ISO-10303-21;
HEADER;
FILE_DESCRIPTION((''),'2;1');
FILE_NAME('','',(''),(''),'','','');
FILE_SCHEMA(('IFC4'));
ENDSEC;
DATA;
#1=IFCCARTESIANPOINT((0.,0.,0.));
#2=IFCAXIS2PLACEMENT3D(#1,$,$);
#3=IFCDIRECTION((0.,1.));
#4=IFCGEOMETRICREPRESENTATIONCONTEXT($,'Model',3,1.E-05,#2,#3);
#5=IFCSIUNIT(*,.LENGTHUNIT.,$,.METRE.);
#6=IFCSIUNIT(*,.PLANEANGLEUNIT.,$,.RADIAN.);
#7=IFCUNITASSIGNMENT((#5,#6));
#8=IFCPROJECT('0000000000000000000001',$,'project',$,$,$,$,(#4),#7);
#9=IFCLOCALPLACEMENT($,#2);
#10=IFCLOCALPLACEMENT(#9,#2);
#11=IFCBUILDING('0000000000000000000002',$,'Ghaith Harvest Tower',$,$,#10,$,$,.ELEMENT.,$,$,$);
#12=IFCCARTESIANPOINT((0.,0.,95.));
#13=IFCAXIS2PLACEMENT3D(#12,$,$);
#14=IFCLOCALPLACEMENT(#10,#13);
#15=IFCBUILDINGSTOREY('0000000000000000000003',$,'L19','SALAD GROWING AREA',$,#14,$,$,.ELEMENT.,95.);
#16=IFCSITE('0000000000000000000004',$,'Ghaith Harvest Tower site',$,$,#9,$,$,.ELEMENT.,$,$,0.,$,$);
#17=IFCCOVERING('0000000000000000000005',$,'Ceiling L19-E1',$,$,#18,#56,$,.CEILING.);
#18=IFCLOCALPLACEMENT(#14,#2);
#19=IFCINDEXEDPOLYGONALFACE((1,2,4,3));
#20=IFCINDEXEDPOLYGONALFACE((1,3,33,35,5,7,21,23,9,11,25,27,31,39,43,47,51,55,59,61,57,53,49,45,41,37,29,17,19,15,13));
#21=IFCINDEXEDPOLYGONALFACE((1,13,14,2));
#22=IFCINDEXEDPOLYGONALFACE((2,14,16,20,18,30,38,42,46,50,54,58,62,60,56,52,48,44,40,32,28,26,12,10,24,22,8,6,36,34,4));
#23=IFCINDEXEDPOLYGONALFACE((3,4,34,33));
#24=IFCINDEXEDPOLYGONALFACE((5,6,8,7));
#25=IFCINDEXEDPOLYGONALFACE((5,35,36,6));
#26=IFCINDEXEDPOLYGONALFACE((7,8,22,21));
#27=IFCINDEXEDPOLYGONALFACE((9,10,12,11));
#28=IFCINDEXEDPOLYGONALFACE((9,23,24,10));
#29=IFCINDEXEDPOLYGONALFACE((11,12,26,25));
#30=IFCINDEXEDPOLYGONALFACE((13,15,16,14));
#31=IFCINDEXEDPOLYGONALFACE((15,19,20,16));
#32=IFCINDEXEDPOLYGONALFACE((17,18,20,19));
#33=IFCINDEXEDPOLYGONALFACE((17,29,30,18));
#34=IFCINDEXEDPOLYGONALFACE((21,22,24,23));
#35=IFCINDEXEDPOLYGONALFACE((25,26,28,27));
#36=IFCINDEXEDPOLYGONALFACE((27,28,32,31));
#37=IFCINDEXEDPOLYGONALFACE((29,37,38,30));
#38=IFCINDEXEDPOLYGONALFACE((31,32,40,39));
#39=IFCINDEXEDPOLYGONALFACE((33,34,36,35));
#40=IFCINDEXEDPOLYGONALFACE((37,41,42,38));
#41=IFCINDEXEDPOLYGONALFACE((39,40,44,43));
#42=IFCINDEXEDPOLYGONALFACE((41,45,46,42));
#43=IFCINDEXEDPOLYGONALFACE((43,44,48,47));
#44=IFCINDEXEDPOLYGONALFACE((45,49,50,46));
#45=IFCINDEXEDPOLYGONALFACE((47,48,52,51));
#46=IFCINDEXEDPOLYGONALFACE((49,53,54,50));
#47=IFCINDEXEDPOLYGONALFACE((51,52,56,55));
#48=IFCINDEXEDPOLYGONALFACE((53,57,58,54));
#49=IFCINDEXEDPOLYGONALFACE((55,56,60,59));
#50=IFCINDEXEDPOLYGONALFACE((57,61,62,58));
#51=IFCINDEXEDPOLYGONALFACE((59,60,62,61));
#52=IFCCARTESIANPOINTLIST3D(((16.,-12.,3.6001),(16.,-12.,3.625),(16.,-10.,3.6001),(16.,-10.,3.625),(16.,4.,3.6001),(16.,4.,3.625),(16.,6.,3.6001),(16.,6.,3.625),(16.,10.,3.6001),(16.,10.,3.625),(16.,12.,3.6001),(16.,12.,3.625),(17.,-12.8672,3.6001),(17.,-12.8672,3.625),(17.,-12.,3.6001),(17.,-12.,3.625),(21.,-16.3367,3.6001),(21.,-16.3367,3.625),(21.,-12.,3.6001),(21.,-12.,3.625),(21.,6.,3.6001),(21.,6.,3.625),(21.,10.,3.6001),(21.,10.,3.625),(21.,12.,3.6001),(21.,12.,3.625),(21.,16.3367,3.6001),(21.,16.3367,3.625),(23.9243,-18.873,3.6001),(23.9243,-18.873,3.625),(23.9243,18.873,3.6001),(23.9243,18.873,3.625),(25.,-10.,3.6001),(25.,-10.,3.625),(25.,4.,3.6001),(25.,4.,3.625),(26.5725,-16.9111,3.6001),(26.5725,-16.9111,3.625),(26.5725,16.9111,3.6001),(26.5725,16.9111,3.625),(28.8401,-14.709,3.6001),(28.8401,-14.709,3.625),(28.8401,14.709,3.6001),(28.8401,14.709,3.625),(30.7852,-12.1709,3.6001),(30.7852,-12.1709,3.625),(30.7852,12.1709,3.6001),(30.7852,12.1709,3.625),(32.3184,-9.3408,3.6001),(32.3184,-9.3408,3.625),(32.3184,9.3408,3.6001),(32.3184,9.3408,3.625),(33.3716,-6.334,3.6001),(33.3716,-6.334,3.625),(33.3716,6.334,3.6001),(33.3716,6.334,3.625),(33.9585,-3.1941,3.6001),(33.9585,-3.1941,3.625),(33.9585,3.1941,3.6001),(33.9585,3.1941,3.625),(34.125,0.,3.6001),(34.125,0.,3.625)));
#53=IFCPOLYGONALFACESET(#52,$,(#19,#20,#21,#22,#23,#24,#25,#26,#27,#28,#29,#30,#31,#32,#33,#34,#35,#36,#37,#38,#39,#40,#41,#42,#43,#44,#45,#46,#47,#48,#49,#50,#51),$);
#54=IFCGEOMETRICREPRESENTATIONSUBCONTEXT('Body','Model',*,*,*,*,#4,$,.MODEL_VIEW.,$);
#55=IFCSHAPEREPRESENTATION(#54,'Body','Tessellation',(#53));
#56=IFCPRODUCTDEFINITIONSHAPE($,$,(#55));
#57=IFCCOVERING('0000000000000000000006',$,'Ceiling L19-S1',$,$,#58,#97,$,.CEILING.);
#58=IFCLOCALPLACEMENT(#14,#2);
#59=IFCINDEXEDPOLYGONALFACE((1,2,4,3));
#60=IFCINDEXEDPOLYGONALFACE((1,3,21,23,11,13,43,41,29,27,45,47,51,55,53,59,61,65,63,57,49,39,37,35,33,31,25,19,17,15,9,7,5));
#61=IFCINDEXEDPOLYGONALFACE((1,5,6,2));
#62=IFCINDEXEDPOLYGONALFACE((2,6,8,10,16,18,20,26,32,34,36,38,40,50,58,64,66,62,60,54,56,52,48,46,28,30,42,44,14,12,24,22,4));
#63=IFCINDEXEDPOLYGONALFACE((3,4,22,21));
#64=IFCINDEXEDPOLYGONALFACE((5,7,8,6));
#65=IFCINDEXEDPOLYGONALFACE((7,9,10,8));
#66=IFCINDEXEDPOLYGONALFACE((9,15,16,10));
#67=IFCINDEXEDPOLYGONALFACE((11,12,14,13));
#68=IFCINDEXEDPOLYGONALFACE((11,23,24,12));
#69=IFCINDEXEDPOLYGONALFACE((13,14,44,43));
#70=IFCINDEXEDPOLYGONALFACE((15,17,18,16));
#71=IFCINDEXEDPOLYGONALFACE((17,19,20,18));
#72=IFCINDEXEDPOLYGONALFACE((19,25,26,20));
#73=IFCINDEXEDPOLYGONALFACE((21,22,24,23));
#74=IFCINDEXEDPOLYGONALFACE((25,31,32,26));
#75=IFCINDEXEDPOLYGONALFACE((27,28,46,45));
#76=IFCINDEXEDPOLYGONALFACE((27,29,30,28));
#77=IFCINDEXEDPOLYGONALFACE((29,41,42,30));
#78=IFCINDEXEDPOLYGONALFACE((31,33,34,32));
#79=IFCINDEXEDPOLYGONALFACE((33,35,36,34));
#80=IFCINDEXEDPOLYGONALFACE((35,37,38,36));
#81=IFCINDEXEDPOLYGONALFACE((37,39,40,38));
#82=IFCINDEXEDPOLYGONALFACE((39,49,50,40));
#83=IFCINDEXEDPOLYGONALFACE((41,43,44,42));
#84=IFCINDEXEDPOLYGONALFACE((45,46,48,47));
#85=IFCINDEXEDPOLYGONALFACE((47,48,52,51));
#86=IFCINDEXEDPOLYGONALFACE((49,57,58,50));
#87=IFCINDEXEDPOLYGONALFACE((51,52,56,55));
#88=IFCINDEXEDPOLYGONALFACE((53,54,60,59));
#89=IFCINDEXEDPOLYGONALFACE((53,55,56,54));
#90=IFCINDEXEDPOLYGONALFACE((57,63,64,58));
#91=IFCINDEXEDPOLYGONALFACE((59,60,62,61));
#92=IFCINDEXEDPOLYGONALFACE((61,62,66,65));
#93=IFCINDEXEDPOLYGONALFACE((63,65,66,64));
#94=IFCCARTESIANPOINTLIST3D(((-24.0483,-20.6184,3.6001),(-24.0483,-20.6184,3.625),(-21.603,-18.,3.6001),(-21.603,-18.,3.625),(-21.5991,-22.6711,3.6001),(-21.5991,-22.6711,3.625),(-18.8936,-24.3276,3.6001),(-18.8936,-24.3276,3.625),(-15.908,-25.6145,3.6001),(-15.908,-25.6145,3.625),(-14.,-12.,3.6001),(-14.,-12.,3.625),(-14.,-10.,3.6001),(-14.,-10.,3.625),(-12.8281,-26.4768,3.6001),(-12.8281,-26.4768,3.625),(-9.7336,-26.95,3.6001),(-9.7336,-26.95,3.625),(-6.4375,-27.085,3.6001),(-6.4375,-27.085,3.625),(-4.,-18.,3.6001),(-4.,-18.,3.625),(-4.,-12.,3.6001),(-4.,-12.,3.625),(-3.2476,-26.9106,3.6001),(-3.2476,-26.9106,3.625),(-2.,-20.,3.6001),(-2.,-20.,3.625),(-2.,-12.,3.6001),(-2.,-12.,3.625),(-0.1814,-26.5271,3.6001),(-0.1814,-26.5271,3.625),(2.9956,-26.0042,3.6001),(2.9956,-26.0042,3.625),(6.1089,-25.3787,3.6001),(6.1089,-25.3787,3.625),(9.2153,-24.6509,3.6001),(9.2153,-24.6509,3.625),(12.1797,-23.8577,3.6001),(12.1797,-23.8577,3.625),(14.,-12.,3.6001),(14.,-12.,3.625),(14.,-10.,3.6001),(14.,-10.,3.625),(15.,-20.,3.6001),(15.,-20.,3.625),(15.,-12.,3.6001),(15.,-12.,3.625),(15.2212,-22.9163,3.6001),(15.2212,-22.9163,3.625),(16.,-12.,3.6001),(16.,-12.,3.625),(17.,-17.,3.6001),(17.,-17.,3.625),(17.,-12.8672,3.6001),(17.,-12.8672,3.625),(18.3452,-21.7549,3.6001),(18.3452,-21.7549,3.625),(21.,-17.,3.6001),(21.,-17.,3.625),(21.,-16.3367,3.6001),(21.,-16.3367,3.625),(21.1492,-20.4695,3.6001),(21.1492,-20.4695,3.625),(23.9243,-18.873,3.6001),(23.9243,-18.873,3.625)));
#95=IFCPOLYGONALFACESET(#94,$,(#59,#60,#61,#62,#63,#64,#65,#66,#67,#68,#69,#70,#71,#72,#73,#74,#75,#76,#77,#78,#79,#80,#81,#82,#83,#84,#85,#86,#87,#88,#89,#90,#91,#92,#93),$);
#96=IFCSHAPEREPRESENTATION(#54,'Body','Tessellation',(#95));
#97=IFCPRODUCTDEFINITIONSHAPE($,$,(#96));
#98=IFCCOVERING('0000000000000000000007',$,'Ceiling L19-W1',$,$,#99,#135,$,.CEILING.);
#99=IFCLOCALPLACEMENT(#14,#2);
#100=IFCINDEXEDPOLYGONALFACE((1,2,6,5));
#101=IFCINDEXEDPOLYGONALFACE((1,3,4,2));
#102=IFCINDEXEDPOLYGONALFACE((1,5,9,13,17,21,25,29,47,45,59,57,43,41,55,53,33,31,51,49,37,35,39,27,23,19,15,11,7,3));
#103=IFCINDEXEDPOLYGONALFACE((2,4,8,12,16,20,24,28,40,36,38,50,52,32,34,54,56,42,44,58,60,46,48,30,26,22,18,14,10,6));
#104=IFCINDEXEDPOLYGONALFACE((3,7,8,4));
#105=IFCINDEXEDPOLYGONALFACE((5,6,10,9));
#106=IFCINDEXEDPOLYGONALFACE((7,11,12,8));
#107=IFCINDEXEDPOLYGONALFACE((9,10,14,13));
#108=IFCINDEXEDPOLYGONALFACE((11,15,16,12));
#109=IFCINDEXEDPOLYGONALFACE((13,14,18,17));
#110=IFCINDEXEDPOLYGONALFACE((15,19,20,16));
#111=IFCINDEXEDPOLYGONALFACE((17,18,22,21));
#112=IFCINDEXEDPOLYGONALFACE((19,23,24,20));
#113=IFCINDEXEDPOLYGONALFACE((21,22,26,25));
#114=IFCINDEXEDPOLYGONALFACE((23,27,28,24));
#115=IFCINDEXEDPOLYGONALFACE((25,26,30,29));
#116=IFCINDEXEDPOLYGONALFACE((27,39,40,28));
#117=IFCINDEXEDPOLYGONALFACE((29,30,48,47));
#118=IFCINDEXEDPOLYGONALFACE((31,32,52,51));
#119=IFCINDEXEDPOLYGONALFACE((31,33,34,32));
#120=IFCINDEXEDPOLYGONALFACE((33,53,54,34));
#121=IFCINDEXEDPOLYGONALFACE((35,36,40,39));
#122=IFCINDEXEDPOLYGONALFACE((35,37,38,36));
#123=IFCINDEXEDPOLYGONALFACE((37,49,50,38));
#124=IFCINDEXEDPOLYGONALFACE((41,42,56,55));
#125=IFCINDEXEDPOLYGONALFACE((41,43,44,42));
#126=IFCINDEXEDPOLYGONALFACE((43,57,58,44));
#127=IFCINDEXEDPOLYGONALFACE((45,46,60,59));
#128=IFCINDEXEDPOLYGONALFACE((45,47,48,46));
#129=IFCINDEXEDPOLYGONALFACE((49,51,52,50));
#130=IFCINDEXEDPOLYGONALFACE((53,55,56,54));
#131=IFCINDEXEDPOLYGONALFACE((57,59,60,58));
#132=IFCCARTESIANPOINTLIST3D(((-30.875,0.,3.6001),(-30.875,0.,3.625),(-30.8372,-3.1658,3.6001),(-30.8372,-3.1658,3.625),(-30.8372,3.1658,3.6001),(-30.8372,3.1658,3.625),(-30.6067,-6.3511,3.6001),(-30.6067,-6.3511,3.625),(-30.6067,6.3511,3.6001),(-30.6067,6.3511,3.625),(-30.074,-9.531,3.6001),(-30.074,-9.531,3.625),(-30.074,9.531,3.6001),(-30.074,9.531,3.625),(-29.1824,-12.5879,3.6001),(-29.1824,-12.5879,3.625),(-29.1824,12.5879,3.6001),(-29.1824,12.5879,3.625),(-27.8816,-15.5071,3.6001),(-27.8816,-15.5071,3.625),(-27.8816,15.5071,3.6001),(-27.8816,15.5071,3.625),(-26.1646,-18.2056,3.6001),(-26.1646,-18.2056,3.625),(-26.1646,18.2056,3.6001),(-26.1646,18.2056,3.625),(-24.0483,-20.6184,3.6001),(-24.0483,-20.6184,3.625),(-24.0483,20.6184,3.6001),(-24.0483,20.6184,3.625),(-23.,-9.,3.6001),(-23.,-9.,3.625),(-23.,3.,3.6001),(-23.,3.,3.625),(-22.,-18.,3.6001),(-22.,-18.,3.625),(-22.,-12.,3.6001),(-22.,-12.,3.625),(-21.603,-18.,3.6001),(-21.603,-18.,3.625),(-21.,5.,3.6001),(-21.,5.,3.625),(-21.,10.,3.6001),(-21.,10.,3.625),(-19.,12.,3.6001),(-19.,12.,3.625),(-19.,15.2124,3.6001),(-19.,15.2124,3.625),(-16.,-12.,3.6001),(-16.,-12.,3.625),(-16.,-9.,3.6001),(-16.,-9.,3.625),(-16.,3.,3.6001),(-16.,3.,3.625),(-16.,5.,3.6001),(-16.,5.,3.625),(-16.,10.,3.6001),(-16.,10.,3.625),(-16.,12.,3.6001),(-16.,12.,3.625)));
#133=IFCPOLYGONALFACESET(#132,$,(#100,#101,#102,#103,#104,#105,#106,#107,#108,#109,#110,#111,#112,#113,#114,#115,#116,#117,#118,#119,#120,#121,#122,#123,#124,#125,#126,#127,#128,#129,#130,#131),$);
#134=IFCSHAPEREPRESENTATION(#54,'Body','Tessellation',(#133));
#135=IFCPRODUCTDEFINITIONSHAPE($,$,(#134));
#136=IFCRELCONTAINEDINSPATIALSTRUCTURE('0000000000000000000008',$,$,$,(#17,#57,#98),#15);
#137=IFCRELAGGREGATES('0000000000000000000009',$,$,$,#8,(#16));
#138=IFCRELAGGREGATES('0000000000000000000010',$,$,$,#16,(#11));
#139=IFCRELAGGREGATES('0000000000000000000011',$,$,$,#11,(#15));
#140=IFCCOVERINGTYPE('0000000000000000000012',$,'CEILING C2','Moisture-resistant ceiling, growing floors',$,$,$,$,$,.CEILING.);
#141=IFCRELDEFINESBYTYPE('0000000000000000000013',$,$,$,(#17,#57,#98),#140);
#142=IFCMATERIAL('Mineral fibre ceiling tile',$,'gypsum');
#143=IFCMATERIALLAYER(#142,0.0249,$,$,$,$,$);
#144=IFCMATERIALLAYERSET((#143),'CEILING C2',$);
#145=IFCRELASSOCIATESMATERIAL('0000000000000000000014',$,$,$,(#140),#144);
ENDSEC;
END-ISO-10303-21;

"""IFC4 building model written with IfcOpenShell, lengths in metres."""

from ifc_helpers import new_model, si_unit, direction, frame, origin, place, context, subcontext, project, spatial, polyline, outline, extrude, material, layer, layer_set, type_object, element, save


model = new_model("IFC4")

# Units and contexts
model_context = context("Model", 3, precision=1e-05, world=origin(), true_north=direction((0.0, 1.0)))
body_context = subcontext(model_context, "Body", "Model", "MODEL_VIEW")
ifc_project = project(units=[si_unit("LENGTHUNIT", "METRE"), si_unit("PLANEANGLEUNIT", "RADIAN")], contexts=[model_context])

# Site, building, storey
site_placement = place(None, origin())
site = spatial("IfcSite", under=ifc_project, at=site_placement, Name="Ghaith Harvest Tower site", CompositionType="ELEMENT", RefElevation=0.0)
building_placement = place(site_placement, origin())
building = spatial("IfcBuilding", under=site, at=building_placement, Name="Ghaith Harvest Tower", CompositionType="ELEMENT")
storey_placement = place(building_placement, frame((0.0, 0.0, 95.0)))
storey = spatial("IfcBuildingStorey", under=building, at=storey_placement, Name="L19", Description="SALAD GROWING AREA", CompositionType="ELEMENT", Elevation=95.0)

# Coverings
ifc_material_1 = material(Name="Mineral fibre ceiling tile", Category="gypsum")
ifc_layer_1 = layer(ifc_material_1, 0.0249)
ifc_layer_set_1 = layer_set([ifc_layer_1], Name="CEILING C2")
covering_type = type_object("IfcCoveringType", Name="CEILING C2", Description="Moisture-resistant ceiling, growing floors", PredefinedType="CEILING", material=ifc_layer_set_1)
covering_1_placement = place(storey_placement, frame((0.0, 0.0, 3.6001)))
element("IfcCovering", 1, at=covering_1_placement, inside=storey, type_object=covering_type, Name="Ceiling L19-E1", PredefinedType="CEILING", context=body_context, shape_type="SweptSolid", body=[
    extrude(outline(polyline([(26.5725, 16.9111), (28.8401, 14.709), (30.7852, 12.1709), (32.3184, 9.3408), (33.3716, 6.334), (33.9585, 3.1941), (34.125, 0.0), (33.9585, -3.1941), (33.3716, -6.334), (32.3184, -9.3408), (30.7852, -12.1709), (28.8401, -14.709), (26.5725, -16.9111), (23.9243, -18.873), (21.0, -16.3367), (21.0, -12.0), (17.0, -12.0), (17.0, -12.8672), (16.0, -12.0), (16.0, -10.0), (25.0, -10.0), (25.0, 4.0), (16.0, 4.0), (16.0, 6.0), (21.0, 6.0), (21.0, 10.0), (16.0, 10.0), (16.0, 12.0), (21.0, 12.0), (21.0, 16.3367), (23.9243, 18.873), (26.5725, 16.9111)])), origin(), (0.0, 0.0, 1.0), 0.0249),
])
covering_2_placement = place(storey_placement, frame((0.0, 0.0, 3.6001)))
element("IfcCovering", 2, at=covering_2_placement, inside=storey, type_object=covering_type, Name="Ceiling L19-S1", PredefinedType="CEILING", context=body_context, shape_type="SweptSolid", body=[
    extrude(outline(polyline([(-21.5991, -22.6711), (-24.0483, -20.6184), (-21.603, -18.0), (-4.0, -18.0), (-4.0, -12.0), (-14.0, -12.0), (-14.0, -10.0), (14.0, -10.0), (14.0, -12.0), (-2.0, -12.0), (-2.0, -20.0), (15.0, -20.0), (15.0, -12.0), (16.0, -12.0), (17.0, -12.8672), (17.0, -17.0), (21.0, -17.0), (21.0, -16.3367), (23.9243, -18.873), (21.1492, -20.4695), (18.3452, -21.7549), (15.2212, -22.9163), (12.1797, -23.8577), (9.2153, -24.6509), (6.1089, -25.3787), (2.9956, -26.0042), (-0.1814, -26.5271), (-3.2476, -26.9106), (-6.4375, -27.085), (-9.7336, -26.95), (-12.8281, -26.4768), (-15.908, -25.6145), (-18.8936, -24.3276), (-21.5991, -22.6711)])), origin(), (0.0, 0.0, 1.0), 0.0249),
])
covering_3_placement = place(storey_placement, frame((0.0, 0.0, 3.6001)))
element("IfcCovering", 3, at=covering_3_placement, inside=storey, type_object=covering_type, Name="Ceiling L19-W1", PredefinedType="CEILING", context=body_context, shape_type="SweptSolid", body=[
    extrude(outline(polyline([(-26.1646, -18.2056), (-27.8816, -15.5071), (-29.1824, -12.5879), (-30.074, -9.531), (-30.6067, -6.3511), (-30.8372, -3.1658), (-30.875, 0.0), (-30.8372, 3.1658), (-30.6067, 6.3511), (-30.074, 9.531), (-29.1824, 12.5879), (-27.8816, 15.5071), (-26.1646, 18.2056), (-24.0483, 20.6184), (-19.0, 15.2124), (-19.0, 12.0), (-16.0, 12.0), (-16.0, 10.0), (-21.0, 10.0), (-21.0, 5.0), (-16.0, 5.0), (-16.0, 3.0), (-23.0, 3.0), (-23.0, -9.0), (-16.0, -9.0), (-16.0, -12.0), (-22.0, -12.0), (-22.0, -18.0), (-21.603, -18.0), (-24.0483, -20.6184), (-26.1646, -18.2056)])), origin(), (0.0, 0.0, 1.0), 0.0249),
])

save(model, "model.ifc")
